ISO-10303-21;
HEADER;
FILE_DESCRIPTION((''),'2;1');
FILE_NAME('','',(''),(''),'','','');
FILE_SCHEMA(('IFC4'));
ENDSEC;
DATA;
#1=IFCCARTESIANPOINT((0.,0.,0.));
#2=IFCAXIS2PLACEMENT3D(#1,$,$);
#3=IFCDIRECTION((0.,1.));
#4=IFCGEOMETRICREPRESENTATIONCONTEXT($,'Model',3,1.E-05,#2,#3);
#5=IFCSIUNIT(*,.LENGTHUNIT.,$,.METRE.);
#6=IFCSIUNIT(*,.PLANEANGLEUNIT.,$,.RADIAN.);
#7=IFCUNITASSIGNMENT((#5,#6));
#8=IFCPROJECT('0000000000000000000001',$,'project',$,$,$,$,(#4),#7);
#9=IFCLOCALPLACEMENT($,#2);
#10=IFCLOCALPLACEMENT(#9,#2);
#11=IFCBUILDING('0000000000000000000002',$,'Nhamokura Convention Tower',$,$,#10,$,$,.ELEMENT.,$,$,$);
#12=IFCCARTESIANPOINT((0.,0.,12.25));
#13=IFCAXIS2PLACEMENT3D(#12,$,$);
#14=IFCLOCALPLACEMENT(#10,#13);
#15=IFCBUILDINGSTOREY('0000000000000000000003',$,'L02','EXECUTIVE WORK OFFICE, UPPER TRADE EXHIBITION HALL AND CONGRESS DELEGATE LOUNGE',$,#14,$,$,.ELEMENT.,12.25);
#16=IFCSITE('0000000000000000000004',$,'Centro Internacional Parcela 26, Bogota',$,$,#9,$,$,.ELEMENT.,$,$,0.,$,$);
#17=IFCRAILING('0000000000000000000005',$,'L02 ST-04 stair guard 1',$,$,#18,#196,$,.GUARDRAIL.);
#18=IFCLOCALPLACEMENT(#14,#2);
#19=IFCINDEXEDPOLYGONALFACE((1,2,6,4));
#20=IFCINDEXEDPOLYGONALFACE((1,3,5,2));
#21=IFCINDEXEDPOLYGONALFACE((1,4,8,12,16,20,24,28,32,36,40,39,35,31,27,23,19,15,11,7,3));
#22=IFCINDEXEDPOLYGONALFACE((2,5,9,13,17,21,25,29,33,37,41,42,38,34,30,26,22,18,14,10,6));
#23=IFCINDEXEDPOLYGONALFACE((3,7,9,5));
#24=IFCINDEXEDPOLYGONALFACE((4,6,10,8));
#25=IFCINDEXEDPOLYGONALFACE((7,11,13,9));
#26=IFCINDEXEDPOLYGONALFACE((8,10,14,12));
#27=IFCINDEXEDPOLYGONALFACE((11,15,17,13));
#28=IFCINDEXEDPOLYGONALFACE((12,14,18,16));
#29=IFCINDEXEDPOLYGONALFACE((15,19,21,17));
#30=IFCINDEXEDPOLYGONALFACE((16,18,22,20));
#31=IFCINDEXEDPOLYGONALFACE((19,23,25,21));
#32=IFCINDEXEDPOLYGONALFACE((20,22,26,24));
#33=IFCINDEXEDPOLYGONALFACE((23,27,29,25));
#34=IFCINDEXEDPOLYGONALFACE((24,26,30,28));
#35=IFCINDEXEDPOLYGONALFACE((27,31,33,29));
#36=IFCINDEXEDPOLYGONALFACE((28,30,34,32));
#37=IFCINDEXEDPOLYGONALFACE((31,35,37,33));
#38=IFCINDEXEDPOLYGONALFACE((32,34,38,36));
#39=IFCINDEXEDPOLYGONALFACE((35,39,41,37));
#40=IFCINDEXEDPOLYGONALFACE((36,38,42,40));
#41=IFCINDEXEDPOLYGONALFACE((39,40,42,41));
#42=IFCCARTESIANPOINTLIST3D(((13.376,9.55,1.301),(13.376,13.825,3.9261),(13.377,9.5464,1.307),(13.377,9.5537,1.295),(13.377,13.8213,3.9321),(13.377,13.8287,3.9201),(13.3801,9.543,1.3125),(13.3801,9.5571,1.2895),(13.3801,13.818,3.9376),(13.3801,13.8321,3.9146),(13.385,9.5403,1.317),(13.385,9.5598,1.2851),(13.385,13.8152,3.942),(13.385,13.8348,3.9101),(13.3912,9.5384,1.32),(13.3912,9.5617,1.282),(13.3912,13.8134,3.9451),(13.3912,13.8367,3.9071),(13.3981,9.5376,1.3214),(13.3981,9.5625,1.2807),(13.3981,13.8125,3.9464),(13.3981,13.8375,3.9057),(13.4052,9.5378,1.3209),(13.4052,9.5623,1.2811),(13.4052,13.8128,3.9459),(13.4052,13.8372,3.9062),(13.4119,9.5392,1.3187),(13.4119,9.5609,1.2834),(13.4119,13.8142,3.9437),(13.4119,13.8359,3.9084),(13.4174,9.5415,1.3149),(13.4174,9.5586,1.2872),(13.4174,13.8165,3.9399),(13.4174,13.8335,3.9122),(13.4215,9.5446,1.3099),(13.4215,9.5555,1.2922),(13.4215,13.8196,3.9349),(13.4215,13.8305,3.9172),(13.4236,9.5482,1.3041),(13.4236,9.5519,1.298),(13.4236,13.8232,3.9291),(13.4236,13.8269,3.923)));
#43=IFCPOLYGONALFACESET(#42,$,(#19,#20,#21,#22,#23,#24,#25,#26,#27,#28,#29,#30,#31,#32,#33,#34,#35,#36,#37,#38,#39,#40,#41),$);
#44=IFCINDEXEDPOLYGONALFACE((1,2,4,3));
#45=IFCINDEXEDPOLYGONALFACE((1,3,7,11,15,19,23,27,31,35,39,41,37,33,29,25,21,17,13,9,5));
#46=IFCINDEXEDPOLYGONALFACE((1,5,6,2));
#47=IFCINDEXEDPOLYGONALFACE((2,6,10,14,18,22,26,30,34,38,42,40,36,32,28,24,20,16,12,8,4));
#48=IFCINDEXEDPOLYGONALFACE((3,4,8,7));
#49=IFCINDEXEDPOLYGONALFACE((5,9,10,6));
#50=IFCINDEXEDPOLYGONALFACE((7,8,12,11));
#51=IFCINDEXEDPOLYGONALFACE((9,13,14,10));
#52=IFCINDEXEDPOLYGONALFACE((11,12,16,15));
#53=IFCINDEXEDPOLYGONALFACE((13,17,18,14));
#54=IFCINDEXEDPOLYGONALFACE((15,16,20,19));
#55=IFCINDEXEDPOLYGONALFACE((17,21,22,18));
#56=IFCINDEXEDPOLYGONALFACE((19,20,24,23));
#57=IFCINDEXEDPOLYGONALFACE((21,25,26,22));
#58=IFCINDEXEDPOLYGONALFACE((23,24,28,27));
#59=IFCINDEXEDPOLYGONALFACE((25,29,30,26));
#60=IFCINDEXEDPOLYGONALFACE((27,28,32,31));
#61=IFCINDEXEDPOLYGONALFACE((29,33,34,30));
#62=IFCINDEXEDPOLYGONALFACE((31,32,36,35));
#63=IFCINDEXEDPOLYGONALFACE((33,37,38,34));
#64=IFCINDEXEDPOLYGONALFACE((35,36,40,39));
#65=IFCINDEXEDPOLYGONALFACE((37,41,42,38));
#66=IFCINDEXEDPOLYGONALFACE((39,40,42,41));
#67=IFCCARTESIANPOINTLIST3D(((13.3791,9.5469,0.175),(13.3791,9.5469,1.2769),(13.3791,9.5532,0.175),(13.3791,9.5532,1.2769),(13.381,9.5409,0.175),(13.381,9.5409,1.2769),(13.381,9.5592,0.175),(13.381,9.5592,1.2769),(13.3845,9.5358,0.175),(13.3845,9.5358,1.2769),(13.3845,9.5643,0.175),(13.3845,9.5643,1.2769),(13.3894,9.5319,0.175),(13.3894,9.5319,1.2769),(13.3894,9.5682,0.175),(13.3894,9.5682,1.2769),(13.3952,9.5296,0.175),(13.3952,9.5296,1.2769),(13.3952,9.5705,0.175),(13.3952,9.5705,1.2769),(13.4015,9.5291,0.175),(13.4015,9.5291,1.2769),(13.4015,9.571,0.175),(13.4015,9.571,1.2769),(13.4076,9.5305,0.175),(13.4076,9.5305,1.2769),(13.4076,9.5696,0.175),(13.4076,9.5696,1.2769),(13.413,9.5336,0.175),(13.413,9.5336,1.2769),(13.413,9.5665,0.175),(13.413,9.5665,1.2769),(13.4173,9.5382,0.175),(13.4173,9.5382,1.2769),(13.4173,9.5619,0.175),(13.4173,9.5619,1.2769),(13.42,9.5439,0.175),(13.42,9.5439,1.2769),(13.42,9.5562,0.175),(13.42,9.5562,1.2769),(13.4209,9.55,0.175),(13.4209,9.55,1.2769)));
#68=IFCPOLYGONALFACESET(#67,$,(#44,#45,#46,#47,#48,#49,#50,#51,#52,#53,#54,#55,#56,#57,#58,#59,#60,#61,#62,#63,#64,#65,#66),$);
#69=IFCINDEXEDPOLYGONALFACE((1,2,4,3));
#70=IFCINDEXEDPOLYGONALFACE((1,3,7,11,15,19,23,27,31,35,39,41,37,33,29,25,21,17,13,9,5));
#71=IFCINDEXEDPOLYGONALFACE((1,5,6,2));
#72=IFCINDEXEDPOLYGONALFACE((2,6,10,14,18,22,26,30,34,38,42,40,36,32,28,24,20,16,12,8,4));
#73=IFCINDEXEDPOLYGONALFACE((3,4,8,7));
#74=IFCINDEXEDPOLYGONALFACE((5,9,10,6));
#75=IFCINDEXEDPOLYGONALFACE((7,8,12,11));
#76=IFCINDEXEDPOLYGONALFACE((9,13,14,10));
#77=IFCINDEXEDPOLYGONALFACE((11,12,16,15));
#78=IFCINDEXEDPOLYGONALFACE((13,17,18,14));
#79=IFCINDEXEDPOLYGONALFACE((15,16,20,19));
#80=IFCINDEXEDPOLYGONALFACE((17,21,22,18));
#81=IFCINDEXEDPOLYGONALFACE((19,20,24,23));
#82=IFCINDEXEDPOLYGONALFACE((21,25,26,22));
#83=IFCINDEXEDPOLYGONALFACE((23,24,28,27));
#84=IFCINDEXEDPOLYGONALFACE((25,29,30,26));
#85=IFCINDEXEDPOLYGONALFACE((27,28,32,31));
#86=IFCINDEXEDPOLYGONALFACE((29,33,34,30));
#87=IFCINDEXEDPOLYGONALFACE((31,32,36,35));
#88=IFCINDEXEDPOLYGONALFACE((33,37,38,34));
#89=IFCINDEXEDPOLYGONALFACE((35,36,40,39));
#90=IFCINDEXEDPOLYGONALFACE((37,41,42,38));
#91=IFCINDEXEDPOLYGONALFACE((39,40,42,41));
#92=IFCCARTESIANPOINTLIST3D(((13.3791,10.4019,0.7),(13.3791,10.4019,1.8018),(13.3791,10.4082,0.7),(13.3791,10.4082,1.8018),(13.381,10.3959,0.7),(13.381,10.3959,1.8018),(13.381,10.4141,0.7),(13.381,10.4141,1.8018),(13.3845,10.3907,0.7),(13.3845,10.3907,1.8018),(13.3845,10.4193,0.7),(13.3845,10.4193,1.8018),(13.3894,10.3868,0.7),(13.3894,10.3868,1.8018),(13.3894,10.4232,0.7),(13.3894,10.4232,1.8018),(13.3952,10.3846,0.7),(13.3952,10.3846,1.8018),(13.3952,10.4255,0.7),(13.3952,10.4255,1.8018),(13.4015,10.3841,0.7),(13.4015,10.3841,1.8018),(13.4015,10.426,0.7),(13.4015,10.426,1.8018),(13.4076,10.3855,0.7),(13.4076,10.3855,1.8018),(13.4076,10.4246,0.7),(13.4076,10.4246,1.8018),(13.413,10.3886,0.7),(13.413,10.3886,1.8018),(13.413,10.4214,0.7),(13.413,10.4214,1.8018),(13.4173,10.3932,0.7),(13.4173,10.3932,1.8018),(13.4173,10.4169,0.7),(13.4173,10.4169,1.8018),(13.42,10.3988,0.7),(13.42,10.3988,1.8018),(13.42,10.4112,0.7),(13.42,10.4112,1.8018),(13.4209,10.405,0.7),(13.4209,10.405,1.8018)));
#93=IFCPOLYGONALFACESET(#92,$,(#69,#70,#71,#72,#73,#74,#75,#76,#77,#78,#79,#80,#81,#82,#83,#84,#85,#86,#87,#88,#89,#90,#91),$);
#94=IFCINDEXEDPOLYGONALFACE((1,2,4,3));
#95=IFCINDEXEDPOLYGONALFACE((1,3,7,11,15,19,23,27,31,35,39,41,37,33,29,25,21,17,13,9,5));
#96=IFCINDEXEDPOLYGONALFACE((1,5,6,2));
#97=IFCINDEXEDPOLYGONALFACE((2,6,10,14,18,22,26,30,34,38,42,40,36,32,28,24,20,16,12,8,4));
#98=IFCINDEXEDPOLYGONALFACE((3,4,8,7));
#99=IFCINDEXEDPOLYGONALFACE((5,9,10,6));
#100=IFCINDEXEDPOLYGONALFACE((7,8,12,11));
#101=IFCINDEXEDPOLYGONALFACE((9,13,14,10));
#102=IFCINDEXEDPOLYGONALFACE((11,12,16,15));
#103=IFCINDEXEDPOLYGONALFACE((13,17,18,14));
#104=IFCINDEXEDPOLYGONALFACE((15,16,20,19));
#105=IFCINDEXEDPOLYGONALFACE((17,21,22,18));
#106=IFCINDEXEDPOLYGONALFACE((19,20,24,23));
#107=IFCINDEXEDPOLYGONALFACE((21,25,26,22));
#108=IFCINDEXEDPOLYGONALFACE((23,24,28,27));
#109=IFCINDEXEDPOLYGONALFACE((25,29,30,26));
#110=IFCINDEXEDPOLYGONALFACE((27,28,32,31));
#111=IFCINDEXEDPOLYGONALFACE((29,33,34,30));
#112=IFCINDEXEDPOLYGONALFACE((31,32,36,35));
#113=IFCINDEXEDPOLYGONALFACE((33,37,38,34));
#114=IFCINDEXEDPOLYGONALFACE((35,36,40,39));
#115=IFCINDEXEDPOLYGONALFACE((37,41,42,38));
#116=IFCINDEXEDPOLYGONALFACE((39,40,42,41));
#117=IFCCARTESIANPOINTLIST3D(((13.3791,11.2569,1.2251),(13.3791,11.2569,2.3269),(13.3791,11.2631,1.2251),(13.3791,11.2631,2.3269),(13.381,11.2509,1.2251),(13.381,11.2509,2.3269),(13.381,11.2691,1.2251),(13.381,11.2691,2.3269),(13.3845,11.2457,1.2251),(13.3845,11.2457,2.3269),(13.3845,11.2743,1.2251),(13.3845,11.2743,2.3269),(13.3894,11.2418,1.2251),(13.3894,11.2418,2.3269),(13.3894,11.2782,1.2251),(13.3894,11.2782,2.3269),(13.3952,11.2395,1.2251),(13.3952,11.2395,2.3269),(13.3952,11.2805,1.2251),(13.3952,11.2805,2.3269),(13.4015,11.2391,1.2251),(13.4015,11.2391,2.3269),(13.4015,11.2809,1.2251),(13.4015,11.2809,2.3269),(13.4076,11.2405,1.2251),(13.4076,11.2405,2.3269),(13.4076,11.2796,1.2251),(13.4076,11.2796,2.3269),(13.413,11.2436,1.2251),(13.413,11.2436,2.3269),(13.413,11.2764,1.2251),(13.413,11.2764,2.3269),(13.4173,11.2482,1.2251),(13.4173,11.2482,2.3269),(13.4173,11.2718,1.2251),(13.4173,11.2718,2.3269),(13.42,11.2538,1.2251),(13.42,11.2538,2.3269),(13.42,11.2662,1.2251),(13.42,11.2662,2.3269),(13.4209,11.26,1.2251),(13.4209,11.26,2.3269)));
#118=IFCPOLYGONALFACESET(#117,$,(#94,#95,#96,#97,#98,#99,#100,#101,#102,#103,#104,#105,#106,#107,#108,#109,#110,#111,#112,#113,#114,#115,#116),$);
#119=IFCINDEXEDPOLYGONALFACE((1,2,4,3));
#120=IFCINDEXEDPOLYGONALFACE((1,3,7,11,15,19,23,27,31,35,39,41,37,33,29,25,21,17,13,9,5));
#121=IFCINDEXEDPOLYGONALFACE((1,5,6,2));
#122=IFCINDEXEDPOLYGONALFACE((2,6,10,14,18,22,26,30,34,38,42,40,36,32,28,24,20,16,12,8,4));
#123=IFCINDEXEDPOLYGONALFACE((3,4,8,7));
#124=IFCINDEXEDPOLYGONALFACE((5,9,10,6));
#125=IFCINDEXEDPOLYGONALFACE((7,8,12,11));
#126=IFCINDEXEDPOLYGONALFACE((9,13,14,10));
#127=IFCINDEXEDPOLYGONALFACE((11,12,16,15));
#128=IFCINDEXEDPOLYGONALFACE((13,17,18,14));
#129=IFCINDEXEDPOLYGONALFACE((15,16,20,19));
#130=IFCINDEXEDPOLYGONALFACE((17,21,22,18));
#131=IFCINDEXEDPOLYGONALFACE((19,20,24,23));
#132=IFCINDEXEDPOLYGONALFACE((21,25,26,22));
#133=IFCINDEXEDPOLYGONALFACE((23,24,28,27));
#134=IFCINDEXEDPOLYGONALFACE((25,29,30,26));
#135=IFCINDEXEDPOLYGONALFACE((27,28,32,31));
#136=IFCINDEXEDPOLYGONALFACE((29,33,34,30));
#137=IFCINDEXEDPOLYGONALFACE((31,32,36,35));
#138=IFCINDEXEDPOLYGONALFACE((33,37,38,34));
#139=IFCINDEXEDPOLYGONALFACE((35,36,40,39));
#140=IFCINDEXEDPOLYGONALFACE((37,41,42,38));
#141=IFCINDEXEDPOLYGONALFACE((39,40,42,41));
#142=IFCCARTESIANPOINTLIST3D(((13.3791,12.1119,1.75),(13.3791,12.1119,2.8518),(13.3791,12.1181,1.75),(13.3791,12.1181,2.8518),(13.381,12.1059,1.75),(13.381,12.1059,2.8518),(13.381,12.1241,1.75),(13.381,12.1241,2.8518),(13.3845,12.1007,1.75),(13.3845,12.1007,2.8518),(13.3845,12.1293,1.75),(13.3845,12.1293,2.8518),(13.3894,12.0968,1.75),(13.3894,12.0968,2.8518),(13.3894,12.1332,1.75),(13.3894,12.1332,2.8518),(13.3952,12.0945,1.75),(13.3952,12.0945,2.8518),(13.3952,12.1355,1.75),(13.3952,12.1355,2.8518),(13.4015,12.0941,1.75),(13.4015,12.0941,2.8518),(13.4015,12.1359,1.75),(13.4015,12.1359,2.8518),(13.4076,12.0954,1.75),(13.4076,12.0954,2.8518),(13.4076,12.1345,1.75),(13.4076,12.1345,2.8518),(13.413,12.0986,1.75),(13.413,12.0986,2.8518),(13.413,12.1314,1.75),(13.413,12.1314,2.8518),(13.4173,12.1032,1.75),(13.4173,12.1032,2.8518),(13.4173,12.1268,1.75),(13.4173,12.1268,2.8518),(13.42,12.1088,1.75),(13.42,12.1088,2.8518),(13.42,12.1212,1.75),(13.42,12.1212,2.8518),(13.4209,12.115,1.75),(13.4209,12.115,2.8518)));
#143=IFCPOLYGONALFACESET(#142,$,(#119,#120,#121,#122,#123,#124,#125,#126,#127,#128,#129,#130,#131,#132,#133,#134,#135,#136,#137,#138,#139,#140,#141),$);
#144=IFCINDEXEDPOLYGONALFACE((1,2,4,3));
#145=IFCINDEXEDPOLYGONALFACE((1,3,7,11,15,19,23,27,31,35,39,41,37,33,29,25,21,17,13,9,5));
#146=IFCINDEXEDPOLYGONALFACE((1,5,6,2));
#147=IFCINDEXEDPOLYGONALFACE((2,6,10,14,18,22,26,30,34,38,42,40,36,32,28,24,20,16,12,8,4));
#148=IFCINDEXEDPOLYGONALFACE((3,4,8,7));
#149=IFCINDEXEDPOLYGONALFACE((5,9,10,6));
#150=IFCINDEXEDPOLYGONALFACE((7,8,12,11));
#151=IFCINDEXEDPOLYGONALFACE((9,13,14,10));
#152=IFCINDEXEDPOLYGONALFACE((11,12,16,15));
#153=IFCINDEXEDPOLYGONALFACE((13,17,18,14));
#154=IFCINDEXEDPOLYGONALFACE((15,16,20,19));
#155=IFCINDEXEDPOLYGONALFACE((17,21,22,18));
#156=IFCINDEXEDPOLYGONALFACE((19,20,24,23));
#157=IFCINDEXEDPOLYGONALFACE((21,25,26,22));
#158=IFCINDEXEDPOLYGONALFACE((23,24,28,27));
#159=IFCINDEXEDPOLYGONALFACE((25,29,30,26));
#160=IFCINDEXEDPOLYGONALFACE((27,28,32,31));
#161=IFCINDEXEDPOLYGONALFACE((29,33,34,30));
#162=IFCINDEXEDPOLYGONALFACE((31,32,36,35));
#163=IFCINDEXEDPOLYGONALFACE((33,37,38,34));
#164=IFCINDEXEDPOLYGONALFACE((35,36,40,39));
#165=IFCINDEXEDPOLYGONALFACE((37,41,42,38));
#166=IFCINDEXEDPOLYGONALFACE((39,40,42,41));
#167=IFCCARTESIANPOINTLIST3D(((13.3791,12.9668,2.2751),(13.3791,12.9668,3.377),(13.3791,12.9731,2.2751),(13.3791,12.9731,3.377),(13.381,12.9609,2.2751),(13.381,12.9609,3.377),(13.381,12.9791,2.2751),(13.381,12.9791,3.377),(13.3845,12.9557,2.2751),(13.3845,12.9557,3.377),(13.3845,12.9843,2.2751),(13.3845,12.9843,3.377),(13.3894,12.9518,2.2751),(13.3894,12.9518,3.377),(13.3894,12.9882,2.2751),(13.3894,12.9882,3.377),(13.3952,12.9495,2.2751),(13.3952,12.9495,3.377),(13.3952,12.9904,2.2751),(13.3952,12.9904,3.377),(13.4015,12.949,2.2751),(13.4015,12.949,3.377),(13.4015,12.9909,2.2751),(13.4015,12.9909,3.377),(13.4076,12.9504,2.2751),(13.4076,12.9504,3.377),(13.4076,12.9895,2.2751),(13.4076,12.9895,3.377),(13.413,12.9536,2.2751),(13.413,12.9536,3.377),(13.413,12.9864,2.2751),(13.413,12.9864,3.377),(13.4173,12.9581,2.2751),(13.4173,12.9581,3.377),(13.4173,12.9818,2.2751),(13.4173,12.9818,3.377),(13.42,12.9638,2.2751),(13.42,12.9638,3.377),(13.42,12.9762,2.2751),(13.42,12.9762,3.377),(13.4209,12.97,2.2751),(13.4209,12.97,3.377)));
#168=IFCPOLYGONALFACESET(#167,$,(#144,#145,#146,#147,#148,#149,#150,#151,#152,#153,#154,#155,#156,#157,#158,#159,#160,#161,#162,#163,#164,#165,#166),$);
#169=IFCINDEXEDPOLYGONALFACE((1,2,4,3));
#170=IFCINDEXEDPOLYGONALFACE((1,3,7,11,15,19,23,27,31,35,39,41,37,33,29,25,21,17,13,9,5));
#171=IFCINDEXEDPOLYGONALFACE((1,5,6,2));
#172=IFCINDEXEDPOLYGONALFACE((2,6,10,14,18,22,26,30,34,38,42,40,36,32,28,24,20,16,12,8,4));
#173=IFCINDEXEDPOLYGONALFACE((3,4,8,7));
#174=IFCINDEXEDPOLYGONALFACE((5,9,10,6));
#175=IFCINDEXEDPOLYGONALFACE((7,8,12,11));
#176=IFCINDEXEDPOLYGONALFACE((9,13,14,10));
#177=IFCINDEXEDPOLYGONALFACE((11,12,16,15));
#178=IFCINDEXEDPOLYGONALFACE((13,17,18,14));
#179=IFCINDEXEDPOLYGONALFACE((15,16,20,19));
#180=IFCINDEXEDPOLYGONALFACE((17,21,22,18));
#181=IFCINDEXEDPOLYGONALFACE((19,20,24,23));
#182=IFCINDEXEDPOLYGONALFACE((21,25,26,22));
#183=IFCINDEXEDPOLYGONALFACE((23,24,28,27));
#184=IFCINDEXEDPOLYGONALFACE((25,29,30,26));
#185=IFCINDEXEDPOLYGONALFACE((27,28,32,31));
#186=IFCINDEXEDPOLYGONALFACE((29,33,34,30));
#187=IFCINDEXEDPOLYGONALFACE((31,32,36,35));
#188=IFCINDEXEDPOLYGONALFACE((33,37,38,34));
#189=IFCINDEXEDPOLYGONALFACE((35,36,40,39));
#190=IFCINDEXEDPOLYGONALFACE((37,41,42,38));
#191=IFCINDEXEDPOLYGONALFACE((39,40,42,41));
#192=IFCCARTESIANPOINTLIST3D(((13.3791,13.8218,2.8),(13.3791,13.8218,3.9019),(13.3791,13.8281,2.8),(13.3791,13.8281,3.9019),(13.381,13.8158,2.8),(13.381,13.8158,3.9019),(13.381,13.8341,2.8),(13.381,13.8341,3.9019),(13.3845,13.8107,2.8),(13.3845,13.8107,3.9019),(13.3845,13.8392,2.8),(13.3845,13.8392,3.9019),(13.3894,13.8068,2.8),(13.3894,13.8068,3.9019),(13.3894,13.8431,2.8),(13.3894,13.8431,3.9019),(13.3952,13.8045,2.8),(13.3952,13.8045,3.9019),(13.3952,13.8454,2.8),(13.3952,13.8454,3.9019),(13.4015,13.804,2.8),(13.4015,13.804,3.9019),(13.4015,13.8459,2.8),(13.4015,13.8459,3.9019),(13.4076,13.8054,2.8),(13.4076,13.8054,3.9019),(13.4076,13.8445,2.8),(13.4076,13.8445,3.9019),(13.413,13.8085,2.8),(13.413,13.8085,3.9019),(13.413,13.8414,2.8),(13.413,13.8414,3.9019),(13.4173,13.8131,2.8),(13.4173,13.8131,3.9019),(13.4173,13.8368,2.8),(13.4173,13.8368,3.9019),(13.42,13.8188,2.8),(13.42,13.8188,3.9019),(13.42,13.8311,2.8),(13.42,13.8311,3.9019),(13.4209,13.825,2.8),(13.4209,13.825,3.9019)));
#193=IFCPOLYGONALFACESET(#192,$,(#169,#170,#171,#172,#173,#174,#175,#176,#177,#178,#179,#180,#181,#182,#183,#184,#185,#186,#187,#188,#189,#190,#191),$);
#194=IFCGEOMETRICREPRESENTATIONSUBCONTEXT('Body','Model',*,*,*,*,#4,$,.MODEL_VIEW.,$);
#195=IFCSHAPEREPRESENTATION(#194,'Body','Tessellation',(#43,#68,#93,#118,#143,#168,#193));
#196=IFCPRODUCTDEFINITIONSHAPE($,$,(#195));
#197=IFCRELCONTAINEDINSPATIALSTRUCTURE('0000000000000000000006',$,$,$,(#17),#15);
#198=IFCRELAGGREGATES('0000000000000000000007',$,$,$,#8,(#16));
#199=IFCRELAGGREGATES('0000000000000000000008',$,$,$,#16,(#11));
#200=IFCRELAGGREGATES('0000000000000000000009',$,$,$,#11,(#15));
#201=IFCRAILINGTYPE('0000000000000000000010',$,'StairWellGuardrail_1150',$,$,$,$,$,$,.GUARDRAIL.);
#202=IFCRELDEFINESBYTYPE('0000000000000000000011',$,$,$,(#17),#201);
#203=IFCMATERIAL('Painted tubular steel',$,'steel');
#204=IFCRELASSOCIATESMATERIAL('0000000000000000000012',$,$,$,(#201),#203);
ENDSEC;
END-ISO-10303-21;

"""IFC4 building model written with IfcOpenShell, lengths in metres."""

from ifc_helpers import new_model, si_unit, direction, frame, origin, origin_2d, place, context, subcontext, project, spatial, circle, extrude, material, type_object, element, save


model = new_model("IFC4")

# Units and contexts
model_context = context("Model", 3, precision=1e-05, world=origin(), true_north=direction((0.0, 1.0)))
body_context = subcontext(model_context, "Body", "Model", "MODEL_VIEW")
ifc_project = project(units=[si_unit("LENGTHUNIT", "METRE"), si_unit("PLANEANGLEUNIT", "RADIAN")], contexts=[model_context])

# Site, building, storey
site_placement = place(None, origin())
site = spatial("IfcSite", under=ifc_project, at=site_placement, Name="Centro Internacional Parcela 26, Bogota", CompositionType="ELEMENT", RefElevation=0.0)
building_placement = place(site_placement, origin())
building = spatial("IfcBuilding", under=site, at=building_placement, Name="Nhamokura Convention Tower", CompositionType="ELEMENT")
storey_placement = place(building_placement, frame((0.0, 0.0, 12.25)))
storey = spatial("IfcBuildingStorey", under=building, at=storey_placement, Name="L02", Description="EXECUTIVE WORK OFFICE, UPPER TRADE EXHIBITION HALL AND CONGRESS DELEGATE LOUNGE", CompositionType="ELEMENT", Elevation=12.25)

# Railing
ifc_material_1 = material(Name="Painted tubular steel", Category="steel")
railing_type_1 = type_object("IfcRailingType", Name="StairWellGuardrail_1150", PredefinedType="GUARDRAIL", material=ifc_material_1)
railing_1_placement = place(storey_placement, frame((13.3999, 9.55, 0.175)))
element("IfcRailing", 1, at=railing_1_placement, inside=storey, type_object=railing_type_1, Name="L02 ST-04 stair guard 1", PredefinedType="GUARDRAIL", context=body_context, shape_type="SweptSolid", body=[
    extrude(circle(Radius=0.0239, at=origin_2d()), frame((0.0, 0.0, 1.126), z_axis=(0.0, 0.852166, 0.523272), x_axis=(-1.0, 0.0, 0.0)), (0.0, 0.0, 1.0), 5.0166),
    extrude(circle(Radius=0.021, at=origin_2d()), origin(), (0.0, 0.0, 1.0), 1.1018),
    extrude(circle(Radius=0.021, at=origin_2d()), frame((0.0, 0.855, 0.5249)), (0.0, 0.0, 1.0), 1.1018),
    extrude(circle(Radius=0.021, at=origin_2d()), frame((0.0, 1.71, 1.05)), (0.0, 0.0, 1.0), 1.1018),
    extrude(circle(Radius=0.021, at=origin_2d()), frame((0.0, 2.5649, 1.575)), (0.0, 0.0, 1.0), 1.1018),
    extrude(circle(Radius=0.021, at=origin_2d()), frame((0.0, 3.4199, 2.1001)), (0.0, 0.0, 1.0), 1.1018),
    extrude(circle(Radius=0.021, at=origin_2d()), frame((0.0, 4.2749, 2.625)), (0.0, 0.0, 1.0), 1.1018),
])

save(model, "model.ifc")
